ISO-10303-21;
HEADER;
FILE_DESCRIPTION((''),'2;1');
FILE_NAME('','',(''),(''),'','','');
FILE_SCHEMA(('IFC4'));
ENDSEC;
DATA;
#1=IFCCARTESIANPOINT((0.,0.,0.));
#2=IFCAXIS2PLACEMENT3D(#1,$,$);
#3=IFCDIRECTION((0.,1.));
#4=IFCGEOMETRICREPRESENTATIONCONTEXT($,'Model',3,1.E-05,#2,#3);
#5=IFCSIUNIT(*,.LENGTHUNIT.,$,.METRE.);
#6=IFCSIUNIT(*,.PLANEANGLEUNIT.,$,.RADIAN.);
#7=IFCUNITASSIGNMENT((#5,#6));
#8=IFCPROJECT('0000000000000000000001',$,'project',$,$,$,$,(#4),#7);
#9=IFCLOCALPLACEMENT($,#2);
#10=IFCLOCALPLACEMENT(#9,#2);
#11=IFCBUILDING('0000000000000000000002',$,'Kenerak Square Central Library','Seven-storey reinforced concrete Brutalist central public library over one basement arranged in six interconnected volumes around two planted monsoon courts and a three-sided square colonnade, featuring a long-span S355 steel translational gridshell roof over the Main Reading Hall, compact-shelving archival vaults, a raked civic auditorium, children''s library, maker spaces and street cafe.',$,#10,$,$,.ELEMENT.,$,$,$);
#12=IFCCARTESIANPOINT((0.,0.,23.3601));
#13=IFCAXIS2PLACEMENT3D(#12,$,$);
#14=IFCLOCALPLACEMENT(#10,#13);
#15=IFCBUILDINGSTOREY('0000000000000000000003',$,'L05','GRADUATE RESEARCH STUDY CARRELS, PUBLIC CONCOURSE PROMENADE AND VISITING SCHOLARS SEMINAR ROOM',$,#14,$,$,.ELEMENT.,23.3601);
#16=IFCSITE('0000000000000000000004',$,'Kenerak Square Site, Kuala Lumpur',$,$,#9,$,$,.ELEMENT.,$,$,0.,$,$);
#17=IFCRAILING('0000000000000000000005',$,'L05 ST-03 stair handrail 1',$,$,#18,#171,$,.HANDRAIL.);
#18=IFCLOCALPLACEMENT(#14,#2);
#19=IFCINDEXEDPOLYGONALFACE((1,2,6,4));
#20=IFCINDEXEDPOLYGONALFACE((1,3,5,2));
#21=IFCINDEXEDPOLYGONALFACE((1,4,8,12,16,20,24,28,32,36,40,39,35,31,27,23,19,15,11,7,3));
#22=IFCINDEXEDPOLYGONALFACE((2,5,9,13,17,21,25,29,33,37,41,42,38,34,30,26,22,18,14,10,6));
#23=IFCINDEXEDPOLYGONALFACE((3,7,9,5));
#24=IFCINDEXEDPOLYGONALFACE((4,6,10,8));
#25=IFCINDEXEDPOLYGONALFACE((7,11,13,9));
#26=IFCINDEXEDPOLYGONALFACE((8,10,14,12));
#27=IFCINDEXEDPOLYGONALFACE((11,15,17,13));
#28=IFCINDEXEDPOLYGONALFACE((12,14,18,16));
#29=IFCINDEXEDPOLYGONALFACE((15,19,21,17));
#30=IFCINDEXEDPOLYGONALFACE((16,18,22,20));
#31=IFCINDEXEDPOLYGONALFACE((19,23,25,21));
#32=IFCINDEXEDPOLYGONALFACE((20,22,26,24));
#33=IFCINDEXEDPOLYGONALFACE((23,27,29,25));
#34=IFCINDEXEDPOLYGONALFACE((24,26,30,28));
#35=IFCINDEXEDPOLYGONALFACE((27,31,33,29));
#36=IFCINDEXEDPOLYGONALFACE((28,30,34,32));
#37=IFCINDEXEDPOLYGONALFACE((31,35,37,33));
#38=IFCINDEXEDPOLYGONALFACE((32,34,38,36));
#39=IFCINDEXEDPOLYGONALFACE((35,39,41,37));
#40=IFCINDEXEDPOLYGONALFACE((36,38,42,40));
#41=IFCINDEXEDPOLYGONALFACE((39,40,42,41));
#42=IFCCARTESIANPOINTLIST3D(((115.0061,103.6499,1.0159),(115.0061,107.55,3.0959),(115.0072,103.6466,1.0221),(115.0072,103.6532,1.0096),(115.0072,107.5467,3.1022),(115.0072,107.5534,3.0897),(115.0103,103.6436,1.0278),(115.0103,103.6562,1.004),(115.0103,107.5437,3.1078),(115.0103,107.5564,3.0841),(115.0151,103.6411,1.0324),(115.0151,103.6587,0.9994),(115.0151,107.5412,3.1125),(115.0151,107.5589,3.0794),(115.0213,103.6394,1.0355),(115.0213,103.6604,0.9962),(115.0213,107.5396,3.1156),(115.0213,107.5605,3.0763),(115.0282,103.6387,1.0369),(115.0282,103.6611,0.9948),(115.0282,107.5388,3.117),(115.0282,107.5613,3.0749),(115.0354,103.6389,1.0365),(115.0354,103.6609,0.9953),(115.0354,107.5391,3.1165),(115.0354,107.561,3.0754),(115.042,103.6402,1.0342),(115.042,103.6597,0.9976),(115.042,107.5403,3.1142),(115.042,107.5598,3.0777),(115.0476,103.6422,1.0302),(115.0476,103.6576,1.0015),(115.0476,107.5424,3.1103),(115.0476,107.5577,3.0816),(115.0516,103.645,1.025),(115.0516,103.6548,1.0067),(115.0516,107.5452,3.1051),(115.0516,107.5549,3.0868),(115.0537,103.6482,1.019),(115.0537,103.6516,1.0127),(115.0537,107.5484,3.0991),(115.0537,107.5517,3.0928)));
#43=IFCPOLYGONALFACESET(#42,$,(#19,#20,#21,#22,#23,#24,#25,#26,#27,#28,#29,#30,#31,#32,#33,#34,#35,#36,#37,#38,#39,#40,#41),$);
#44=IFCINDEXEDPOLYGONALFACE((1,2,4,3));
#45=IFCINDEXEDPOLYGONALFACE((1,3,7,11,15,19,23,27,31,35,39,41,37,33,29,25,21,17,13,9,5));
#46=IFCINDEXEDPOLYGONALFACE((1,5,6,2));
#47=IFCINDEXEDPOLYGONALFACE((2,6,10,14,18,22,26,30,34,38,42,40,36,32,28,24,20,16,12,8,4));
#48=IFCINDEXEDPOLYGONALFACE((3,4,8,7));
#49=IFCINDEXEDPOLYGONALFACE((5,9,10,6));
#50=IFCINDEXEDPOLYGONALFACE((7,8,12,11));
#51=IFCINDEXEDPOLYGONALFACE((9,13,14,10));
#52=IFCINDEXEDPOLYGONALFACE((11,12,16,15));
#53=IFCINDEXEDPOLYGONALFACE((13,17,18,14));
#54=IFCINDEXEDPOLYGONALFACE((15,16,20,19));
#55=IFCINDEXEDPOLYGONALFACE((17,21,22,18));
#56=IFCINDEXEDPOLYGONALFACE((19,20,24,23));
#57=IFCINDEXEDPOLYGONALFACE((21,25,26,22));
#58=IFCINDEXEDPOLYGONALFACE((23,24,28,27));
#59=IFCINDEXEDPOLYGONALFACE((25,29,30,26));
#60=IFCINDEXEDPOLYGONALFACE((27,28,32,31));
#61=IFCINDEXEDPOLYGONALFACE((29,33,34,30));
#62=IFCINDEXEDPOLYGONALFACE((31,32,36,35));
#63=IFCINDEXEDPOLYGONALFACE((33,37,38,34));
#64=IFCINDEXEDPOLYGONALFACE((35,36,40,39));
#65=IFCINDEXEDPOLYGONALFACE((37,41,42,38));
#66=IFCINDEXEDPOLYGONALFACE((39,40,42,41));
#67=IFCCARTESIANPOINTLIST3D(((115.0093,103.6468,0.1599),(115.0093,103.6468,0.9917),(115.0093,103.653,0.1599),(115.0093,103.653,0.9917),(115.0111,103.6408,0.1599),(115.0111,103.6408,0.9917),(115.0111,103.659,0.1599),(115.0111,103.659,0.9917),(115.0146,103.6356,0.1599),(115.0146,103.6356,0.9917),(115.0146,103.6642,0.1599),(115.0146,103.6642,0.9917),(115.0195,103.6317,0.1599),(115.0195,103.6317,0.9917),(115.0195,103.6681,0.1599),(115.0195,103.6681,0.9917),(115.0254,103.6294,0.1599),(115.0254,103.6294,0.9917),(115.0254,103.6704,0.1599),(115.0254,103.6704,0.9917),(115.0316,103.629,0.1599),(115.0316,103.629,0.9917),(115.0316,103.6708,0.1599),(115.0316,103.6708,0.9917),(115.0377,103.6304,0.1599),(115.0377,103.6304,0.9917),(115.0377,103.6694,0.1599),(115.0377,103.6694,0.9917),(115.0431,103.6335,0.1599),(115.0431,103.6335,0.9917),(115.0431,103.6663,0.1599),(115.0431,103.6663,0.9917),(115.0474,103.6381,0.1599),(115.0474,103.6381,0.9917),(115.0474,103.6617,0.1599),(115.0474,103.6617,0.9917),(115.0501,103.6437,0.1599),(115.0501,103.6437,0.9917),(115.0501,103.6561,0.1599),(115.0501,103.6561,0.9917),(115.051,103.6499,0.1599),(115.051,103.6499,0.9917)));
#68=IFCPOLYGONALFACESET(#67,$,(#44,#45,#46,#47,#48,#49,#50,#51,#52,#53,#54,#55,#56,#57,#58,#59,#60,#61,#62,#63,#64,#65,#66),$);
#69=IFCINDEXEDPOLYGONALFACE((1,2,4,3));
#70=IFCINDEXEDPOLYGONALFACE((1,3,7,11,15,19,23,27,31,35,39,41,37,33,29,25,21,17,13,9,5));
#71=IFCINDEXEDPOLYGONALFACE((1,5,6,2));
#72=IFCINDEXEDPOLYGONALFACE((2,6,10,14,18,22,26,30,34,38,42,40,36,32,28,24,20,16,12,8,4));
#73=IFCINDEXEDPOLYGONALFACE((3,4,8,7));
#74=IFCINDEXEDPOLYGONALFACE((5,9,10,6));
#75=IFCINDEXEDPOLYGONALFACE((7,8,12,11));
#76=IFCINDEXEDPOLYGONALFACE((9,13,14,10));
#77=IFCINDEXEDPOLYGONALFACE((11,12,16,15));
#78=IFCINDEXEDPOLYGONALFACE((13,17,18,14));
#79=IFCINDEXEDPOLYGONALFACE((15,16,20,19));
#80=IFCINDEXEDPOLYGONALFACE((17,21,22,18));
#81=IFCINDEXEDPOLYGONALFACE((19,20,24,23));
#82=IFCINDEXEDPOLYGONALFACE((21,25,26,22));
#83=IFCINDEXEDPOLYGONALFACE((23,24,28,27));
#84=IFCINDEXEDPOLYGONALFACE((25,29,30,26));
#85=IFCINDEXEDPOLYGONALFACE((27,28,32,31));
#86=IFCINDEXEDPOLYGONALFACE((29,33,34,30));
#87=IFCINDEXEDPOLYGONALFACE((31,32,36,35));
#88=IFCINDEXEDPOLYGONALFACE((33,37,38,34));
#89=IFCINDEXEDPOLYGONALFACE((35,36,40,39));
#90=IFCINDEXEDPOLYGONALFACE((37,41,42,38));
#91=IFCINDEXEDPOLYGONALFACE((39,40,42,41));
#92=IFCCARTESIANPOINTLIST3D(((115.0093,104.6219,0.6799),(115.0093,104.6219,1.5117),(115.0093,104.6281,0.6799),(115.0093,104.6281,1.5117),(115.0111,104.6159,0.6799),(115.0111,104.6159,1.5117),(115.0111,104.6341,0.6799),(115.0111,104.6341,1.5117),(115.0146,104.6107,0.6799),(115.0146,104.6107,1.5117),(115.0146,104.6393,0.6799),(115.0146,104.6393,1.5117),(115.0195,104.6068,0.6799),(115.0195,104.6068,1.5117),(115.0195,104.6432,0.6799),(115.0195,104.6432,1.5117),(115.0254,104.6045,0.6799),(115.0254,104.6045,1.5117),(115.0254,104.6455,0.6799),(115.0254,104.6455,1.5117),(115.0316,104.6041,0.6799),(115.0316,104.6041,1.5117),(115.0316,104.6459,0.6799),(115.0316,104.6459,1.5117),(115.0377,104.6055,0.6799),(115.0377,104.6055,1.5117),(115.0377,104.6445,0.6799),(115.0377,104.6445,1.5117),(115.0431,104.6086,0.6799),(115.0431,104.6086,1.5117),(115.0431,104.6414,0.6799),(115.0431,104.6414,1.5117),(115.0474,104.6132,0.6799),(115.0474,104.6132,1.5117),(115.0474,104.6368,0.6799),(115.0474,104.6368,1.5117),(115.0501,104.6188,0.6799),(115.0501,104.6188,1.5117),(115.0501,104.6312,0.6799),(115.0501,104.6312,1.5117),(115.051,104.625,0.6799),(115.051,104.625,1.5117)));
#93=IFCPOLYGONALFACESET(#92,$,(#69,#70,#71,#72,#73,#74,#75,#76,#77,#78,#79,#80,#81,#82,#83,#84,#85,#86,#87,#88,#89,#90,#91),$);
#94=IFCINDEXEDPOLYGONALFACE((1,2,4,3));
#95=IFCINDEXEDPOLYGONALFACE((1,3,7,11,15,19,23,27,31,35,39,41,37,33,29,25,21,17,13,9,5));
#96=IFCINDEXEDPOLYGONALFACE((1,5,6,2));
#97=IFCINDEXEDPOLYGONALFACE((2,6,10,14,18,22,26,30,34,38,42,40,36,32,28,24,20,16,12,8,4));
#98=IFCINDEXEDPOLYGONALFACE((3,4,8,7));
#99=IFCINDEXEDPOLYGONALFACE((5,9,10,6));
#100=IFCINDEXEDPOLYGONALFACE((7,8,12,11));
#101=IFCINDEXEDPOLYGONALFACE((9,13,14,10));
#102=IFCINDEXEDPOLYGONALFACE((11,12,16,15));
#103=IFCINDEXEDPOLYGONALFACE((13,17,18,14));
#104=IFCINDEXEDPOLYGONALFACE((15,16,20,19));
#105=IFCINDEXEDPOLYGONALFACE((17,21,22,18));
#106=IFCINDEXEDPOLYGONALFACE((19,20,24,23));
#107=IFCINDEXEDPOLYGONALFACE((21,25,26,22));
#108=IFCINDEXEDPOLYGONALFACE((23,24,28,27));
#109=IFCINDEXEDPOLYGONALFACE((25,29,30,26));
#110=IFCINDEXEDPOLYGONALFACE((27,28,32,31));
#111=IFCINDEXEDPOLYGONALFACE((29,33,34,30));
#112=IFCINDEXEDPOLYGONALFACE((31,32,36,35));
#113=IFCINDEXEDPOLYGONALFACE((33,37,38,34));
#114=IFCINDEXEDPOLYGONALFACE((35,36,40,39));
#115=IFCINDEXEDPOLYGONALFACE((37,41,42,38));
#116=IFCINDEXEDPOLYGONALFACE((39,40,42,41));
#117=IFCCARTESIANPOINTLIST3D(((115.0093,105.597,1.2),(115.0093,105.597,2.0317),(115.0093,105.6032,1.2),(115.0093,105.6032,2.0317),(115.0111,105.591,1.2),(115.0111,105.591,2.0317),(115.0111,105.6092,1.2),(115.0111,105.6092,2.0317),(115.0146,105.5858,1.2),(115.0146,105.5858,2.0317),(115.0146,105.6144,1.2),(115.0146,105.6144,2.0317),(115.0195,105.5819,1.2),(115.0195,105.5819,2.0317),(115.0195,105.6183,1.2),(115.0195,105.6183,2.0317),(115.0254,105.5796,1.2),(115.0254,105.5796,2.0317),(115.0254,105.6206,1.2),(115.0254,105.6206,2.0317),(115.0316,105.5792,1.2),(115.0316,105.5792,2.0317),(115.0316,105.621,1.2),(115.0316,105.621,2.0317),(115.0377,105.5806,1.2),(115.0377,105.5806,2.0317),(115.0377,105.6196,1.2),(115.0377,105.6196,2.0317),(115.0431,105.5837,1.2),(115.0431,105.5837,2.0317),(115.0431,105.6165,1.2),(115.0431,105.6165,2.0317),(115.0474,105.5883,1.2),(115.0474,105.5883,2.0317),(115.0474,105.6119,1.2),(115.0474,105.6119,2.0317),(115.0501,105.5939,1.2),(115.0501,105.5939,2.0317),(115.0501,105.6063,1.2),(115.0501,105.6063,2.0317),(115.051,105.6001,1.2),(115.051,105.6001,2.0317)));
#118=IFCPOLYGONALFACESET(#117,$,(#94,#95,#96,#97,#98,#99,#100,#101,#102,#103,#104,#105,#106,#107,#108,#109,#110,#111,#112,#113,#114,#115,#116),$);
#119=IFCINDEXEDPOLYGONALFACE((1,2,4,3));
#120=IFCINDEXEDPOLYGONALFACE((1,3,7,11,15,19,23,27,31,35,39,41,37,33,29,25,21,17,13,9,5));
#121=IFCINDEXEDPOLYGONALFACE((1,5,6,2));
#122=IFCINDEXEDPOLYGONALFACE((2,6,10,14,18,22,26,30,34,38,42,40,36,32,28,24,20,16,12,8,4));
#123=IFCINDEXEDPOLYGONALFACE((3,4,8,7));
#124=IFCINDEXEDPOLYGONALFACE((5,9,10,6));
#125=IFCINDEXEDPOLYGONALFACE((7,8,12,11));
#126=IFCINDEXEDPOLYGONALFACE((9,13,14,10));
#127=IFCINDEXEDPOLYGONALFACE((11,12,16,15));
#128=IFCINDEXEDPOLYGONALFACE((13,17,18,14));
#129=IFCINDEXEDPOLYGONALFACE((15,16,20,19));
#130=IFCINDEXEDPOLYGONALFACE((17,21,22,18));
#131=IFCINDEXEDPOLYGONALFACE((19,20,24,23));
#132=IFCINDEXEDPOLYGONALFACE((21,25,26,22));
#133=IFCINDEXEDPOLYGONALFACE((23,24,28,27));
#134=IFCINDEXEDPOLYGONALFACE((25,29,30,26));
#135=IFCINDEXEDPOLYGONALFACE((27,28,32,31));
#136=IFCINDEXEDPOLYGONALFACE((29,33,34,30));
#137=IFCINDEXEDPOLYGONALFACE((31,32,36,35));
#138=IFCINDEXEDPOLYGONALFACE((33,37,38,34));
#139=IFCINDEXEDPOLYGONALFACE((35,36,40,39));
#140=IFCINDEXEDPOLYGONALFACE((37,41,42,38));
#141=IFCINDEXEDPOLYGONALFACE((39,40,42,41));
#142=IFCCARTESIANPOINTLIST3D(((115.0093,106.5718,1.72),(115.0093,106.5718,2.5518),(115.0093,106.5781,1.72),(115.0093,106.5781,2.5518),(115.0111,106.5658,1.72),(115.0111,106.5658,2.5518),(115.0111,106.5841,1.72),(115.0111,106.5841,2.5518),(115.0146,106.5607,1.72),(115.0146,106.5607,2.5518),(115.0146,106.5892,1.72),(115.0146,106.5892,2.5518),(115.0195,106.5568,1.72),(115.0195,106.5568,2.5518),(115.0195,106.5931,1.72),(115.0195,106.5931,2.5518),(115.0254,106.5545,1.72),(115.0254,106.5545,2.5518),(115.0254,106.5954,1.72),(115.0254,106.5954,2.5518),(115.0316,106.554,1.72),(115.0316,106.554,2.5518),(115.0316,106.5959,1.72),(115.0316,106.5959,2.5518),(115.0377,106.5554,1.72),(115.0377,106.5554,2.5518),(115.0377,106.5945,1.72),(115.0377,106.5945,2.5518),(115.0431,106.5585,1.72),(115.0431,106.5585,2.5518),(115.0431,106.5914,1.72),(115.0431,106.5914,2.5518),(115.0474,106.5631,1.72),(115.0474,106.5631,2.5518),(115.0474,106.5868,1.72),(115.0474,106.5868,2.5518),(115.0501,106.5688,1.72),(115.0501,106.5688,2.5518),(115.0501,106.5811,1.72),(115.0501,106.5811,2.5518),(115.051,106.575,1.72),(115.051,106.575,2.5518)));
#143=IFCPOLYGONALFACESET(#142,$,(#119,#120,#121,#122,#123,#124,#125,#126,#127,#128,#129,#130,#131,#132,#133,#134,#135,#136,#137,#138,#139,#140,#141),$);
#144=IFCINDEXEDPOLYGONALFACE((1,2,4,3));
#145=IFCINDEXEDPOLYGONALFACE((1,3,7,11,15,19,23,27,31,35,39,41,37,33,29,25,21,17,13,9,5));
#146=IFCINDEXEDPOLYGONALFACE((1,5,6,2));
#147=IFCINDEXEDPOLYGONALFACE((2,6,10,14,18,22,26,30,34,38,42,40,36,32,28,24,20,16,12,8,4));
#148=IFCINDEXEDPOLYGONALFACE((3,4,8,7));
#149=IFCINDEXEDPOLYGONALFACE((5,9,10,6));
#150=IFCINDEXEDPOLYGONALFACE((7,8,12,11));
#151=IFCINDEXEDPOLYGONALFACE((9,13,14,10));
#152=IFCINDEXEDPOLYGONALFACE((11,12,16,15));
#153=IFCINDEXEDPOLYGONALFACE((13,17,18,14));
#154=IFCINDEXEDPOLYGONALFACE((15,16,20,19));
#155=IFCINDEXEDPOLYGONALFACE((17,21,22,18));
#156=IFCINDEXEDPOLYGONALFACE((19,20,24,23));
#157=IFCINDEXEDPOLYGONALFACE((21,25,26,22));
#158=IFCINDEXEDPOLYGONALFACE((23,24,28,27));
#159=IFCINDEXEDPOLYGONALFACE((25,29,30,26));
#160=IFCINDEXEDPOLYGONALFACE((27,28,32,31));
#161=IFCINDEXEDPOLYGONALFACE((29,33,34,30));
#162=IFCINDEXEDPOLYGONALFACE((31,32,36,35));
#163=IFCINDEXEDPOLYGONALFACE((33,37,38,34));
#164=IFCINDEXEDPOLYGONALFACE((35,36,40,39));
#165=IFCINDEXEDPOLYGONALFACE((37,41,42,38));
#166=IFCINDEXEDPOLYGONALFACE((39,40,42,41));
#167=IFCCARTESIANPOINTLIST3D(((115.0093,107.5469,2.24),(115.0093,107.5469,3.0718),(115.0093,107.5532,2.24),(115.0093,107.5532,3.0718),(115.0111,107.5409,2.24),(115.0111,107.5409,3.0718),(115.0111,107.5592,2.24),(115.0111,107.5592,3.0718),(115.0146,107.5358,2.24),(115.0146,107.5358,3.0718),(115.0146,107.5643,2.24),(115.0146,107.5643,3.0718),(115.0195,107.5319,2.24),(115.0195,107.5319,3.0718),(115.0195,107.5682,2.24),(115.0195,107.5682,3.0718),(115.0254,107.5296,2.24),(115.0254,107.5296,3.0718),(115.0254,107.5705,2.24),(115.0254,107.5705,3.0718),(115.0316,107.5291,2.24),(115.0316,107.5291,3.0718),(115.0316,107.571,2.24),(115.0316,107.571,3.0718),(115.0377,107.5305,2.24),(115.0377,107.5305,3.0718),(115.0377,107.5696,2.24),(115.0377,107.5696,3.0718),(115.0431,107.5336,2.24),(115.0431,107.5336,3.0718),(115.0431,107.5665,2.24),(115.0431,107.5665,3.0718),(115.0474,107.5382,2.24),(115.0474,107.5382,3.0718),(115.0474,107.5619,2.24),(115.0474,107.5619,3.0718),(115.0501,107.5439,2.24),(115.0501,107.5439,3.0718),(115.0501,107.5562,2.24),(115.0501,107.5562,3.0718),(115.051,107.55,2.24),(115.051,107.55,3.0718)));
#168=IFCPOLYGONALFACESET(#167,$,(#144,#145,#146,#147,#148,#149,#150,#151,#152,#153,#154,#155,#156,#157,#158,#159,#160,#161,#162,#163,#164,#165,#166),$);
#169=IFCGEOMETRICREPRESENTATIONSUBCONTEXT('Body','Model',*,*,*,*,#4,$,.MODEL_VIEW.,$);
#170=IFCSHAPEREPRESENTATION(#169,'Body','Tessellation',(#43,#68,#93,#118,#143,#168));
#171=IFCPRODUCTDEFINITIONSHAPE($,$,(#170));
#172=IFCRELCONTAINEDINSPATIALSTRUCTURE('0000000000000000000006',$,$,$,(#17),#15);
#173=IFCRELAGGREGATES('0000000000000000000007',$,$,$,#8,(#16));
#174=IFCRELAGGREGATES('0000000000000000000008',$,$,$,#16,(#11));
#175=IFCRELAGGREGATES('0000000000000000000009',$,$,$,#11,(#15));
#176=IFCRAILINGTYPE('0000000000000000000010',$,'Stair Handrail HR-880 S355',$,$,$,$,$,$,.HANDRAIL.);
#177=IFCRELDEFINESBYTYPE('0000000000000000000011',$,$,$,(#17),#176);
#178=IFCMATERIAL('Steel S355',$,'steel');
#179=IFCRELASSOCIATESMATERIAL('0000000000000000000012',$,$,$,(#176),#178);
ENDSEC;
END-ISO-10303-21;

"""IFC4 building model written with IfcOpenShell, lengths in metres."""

from ifc_helpers import new_model, si_unit, direction, frame, origin, origin_2d, place, context, subcontext, project, spatial, circle, extrude, material, type_object, element, save


model = new_model("IFC4")

# Units and contexts
model_context = context("Model", 3, precision=1e-05, world=origin(), true_north=direction((0.0, 1.0)))
body_context = subcontext(model_context, "Body", "Model", "MODEL_VIEW")
ifc_project = project(units=[si_unit("LENGTHUNIT", "METRE"), si_unit("PLANEANGLEUNIT", "RADIAN")], contexts=[model_context])

# Site, building, storey
site_placement = place(None, origin())
site = spatial("IfcSite", under=ifc_project, at=site_placement, Name="Kenerak Square Site, Kuala Lumpur", CompositionType="ELEMENT", RefElevation=0.0)
building_placement = place(site_placement, origin())
building = spatial("IfcBuilding", under=site, at=building_placement, Name="Kenerak Square Central Library", Description="Seven-storey reinforced concrete Brutalist central public library over one basement arranged in six interconnected volumes around two planted monsoon courts and a three-sided square colonnade, featuring a long-span S355 steel translational gridshell roof over the Main Reading Hall, compact-shelving archival vaults, a raked civic auditorium, children's library, maker spaces and street cafe.", CompositionType="ELEMENT")
storey_placement = place(building_placement, frame((0.0, 0.0, 23.3601)))
storey = spatial("IfcBuildingStorey", under=building, at=storey_placement, Name="L05", Description="GRADUATE RESEARCH STUDY CARRELS, PUBLIC CONCOURSE PROMENADE AND VISITING SCHOLARS SEMINAR ROOM", CompositionType="ELEMENT", Elevation=23.3601)

# Shared definitions
ifc_material_1 = material(Name="Steel S355", Category="steel")

# Railing
railing_type_1 = type_object("IfcRailingType", Name="Stair Handrail HR-880 S355", PredefinedType="HANDRAIL", material=ifc_material_1)
railing_1_placement = place(storey_placement, frame((115.03, 103.6499, 0.1599)))
element("IfcRailing", 1, at=railing_1_placement, inside=storey, type_object=railing_type_1, Name="L05 ST-03 stair handrail 1", PredefinedType="HANDRAIL", context=body_context, shape_type="SweptSolid", body=[
    extrude(circle(Radius=0.0239, at=origin_2d()), frame((0.0, 0.0, 0.856), z_axis=(0.0, 0.882353, 0.470588), x_axis=(-1.0, 0.0, 0.0)), (0.0, 0.0, 1.0), 4.4202),
    extrude(circle(Radius=0.021, at=origin_2d()), origin(), (0.0, 0.0, 1.0), 0.8318),
    extrude(circle(Radius=0.021, at=origin_2d()), frame((0.0, 0.9751, 0.52)), (0.0, 0.0, 1.0), 0.8318),
    extrude(circle(Radius=0.021, at=origin_2d()), frame((0.0, 1.9502, 1.04)), (0.0, 0.0, 1.0), 0.8318),
    extrude(circle(Radius=0.021, at=origin_2d()), frame((0.0, 2.925, 1.5601)), (0.0, 0.0, 1.0), 0.8318),
    extrude(circle(Radius=0.021, at=origin_2d()), frame((0.0, 3.9001, 2.0801)), (0.0, 0.0, 1.0), 0.8318),
])

save(model, "model.ifc")
